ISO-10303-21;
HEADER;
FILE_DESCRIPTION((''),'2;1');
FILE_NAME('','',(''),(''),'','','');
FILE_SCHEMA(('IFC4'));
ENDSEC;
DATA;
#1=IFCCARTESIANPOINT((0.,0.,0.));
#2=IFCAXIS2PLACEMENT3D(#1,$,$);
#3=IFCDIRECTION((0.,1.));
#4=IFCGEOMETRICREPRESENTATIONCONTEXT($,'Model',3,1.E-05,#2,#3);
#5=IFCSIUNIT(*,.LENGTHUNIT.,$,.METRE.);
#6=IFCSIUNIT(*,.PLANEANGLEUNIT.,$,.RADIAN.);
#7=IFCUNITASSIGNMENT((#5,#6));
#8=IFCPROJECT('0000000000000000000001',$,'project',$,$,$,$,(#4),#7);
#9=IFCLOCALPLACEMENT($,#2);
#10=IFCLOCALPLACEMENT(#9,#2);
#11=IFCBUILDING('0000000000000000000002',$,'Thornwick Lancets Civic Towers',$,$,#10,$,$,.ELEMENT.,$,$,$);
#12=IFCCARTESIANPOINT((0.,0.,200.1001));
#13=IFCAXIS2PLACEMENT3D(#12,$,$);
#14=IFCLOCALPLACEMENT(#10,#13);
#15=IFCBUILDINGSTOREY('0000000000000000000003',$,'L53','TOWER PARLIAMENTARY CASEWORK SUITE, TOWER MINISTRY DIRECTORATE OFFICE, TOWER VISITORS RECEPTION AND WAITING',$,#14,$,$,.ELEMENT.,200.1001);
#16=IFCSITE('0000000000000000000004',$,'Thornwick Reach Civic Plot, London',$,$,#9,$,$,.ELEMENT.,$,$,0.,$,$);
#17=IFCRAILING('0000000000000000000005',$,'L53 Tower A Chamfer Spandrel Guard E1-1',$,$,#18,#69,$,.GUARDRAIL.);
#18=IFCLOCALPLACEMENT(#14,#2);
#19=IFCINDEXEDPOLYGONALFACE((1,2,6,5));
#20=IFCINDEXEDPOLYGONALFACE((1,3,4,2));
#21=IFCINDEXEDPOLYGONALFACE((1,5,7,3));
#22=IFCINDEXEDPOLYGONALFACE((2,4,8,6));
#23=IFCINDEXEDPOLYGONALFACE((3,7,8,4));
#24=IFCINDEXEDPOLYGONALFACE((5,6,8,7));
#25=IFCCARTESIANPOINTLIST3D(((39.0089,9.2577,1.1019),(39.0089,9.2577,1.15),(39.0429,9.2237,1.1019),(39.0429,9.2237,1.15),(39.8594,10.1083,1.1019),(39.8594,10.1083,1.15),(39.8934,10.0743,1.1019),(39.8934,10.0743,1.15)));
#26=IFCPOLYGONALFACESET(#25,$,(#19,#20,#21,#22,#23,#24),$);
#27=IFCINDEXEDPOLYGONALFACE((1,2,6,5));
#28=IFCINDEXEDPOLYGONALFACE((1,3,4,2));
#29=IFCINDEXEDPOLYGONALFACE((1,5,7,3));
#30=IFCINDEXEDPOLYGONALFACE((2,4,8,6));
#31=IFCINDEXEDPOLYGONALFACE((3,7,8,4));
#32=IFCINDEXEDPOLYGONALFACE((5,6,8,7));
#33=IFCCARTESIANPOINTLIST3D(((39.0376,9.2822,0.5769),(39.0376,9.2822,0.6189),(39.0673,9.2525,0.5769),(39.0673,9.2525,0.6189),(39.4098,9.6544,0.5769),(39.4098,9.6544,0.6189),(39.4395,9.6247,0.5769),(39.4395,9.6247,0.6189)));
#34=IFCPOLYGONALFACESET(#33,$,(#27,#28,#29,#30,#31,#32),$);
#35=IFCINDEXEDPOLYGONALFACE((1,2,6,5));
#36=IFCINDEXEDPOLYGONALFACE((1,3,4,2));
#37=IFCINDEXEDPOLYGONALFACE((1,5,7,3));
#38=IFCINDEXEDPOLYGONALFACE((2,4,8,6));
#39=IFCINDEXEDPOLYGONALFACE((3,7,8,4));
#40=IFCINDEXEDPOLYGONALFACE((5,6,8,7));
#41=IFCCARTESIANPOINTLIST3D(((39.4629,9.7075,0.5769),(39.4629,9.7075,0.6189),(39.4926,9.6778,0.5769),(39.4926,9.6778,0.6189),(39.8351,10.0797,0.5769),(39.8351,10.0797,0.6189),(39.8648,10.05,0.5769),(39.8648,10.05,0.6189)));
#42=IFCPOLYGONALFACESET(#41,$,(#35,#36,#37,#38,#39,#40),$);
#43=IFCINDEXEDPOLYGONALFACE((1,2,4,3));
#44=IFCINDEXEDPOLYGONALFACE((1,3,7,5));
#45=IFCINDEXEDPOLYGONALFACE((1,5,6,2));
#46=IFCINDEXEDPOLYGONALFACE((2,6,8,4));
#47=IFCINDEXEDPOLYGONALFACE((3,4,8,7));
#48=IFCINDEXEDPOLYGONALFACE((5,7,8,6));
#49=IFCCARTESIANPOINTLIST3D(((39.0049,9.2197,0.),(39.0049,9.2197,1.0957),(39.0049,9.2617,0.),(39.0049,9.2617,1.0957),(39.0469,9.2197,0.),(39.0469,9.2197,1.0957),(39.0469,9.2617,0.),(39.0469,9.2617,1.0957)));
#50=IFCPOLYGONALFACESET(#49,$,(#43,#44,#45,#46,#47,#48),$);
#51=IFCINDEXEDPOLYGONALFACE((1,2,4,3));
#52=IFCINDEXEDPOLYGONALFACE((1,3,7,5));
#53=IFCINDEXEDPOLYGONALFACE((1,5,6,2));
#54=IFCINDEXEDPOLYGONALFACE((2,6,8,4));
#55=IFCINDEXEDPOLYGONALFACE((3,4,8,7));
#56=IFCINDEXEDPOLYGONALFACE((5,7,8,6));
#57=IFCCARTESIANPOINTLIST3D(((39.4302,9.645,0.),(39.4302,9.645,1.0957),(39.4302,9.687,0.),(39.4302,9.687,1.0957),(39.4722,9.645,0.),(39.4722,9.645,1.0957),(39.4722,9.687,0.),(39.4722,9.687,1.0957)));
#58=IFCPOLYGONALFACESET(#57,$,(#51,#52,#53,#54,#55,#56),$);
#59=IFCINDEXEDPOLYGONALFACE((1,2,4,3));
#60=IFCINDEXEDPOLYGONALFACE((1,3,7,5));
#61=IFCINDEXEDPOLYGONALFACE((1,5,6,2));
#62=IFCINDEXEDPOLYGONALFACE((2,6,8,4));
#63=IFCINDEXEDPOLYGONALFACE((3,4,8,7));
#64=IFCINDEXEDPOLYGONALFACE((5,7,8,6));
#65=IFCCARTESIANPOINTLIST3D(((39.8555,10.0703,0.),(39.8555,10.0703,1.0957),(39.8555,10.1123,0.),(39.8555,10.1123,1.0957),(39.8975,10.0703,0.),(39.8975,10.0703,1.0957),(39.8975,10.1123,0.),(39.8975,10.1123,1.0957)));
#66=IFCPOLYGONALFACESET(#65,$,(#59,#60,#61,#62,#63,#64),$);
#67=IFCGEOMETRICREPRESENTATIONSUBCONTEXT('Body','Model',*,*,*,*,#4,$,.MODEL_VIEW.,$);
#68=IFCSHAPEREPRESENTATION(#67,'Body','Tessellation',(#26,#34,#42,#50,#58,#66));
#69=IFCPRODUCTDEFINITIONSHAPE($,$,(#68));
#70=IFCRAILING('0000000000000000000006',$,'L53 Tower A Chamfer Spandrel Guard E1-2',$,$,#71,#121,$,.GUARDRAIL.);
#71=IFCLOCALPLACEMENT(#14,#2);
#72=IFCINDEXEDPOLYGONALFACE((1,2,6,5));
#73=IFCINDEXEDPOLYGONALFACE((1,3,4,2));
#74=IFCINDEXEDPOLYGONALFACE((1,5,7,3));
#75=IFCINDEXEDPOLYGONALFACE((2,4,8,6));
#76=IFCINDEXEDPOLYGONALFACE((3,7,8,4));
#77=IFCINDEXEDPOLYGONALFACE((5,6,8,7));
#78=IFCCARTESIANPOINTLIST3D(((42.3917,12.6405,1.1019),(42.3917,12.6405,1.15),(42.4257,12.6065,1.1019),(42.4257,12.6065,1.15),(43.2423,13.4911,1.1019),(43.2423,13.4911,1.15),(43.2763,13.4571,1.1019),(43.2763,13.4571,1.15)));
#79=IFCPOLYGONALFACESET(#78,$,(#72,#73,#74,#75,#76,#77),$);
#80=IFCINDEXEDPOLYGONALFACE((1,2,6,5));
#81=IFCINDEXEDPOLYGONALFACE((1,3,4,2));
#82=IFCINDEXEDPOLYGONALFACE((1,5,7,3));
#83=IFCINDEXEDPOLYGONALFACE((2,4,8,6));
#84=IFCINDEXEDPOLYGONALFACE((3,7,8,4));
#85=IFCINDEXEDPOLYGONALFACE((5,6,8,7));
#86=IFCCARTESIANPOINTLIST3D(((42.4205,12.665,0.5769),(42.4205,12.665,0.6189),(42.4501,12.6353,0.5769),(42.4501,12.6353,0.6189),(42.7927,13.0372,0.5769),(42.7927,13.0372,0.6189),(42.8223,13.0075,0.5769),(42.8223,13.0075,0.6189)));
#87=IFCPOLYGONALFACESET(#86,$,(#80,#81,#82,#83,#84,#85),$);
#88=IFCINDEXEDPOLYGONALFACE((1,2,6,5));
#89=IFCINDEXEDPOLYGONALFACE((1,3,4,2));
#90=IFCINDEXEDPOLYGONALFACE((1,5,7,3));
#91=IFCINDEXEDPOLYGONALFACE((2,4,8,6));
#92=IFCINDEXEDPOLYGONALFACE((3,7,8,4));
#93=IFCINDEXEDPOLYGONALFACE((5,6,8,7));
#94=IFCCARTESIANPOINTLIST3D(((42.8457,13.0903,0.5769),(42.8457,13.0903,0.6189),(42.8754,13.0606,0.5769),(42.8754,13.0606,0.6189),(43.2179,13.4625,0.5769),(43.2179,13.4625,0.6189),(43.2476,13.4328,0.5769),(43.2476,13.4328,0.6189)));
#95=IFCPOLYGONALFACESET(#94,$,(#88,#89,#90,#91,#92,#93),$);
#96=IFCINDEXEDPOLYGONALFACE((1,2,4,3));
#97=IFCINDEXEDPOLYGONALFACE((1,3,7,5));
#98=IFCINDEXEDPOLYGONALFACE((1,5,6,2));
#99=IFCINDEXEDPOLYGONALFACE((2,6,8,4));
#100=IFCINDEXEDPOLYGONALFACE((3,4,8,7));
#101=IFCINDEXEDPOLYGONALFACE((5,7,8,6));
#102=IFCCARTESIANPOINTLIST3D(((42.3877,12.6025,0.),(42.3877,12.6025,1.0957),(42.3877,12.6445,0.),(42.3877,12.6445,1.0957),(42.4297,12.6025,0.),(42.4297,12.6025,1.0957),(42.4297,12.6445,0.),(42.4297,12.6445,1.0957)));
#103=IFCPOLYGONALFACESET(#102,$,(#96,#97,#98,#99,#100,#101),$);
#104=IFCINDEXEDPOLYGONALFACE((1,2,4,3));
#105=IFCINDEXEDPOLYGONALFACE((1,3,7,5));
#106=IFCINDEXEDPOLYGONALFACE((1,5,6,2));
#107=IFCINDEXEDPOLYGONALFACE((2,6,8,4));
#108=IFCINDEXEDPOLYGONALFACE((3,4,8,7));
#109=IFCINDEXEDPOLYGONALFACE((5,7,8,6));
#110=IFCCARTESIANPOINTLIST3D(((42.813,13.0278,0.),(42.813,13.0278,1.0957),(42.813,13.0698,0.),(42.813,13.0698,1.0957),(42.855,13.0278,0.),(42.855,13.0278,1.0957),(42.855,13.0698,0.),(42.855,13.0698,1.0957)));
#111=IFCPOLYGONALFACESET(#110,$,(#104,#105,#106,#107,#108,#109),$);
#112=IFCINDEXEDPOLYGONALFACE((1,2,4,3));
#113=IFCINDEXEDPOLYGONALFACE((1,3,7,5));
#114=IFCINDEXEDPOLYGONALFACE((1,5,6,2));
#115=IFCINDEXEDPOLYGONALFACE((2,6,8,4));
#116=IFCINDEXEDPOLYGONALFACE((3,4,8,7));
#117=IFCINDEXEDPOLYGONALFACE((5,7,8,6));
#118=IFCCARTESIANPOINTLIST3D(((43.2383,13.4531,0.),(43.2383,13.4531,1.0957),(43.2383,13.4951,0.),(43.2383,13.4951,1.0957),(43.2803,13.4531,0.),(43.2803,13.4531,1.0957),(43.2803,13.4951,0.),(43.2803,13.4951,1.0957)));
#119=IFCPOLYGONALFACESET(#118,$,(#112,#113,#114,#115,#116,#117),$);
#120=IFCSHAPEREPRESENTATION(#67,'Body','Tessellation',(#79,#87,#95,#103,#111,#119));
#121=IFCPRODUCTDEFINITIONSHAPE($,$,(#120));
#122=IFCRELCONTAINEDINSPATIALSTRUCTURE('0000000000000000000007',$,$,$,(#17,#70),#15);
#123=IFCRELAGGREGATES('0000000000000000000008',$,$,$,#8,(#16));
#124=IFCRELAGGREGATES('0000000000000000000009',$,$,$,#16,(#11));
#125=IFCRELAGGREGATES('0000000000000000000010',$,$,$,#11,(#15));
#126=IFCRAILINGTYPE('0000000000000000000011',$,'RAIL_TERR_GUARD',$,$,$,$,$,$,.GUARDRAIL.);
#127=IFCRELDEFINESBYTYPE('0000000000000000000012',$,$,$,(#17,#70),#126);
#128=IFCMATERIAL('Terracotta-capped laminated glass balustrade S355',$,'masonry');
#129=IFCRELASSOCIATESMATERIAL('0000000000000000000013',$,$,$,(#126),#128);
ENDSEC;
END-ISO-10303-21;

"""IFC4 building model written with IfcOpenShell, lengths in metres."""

from ifc_helpers import new_model, si_unit, direction, frame, origin, origin_2d, place, context, subcontext, project, spatial, rectangle, extrude, material, type_object, element, save


model = new_model("IFC4")

# Units and contexts
model_context = context("Model", 3, precision=1e-05, world=origin(), true_north=direction((0.0, 1.0)))
body_context = subcontext(model_context, "Body", "Model", "MODEL_VIEW")
ifc_project = project(units=[si_unit("LENGTHUNIT", "METRE"), si_unit("PLANEANGLEUNIT", "RADIAN")], contexts=[model_context])

# Site, building, storey
site_placement = place(None, origin())
site = spatial("IfcSite", under=ifc_project, at=site_placement, Name="Thornwick Reach Civic Plot, London", CompositionType="ELEMENT", RefElevation=0.0)
building_placement = place(site_placement, origin())
building = spatial("IfcBuilding", under=site, at=building_placement, Name="Thornwick Lancets Civic Towers", CompositionType="ELEMENT")
storey_placement = place(building_placement, frame((0.0, 0.0, 200.1001)))
storey = spatial("IfcBuildingStorey", under=building, at=storey_placement, Name="L53", Description="TOWER PARLIAMENTARY CASEWORK SUITE, TOWER MINISTRY DIRECTORATE OFFICE, TOWER VISITORS RECEPTION AND WAITING", CompositionType="ELEMENT", Elevation=200.1001)

# Railings
ifc_material_1 = material(Name="Terracotta-capped laminated glass balustrade S355", Category="masonry")
railing_type = type_object("IfcRailingType", Name="RAIL_TERR_GUARD", PredefinedType="GUARDRAIL", material=ifc_material_1)
for number, where, name in (
    (1, (39.0259, 9.2407, 0.0), "L53 Tower A Chamfer Spandrel Guard E1-1"),
    (2, (42.4087, 12.6235, 0.0), "L53 Tower A Chamfer Spandrel Guard E1-2"),
):
    element("IfcRailing", number, at=place(storey_placement, frame(where)), inside=storey, type_object=railing_type, Name=name, PredefinedType="GUARDRAIL", context=body_context, shape_type="SweptSolid", body=[
        extrude(rectangle(XDim=0.0481, YDim=0.0481, at=origin_2d()), frame((0.0, 0.0, 1.126), z_axis=(0.707107, 0.707107, 0.0), x_axis=(-0.707107, 0.707107, 0.0)), (0.0, 0.0, 1.0), 1.2029),
        extrude(rectangle(XDim=0.042, YDim=0.042, at=origin_2d()), frame((0.0266, 0.0266, 0.5979), z_axis=(0.707107, 0.707107, 0.0), x_axis=(-0.707107, 0.707107, 0.0)), (0.0, 0.0, 1.0), 0.5264),
        extrude(rectangle(XDim=0.042, YDim=0.042, at=origin_2d()), frame((0.4519, 0.4519, 0.5979), z_axis=(0.707107, 0.707107, 0.0), x_axis=(-0.707107, 0.707107, 0.0)), (0.0, 0.0, 1.0), 0.5264),
        extrude(rectangle(XDim=0.042, YDim=0.042, at=origin_2d()), origin(), (0.0, 0.0, 1.0), 1.0957),
        extrude(rectangle(XDim=0.042, YDim=0.042, at=origin_2d()), frame((0.4253, 0.4253, 0.0)), (0.0, 0.0, 1.0), 1.0957),
        extrude(rectangle(XDim=0.042, YDim=0.042, at=origin_2d()), frame((0.8506, 0.8506, 0.0)), (0.0, 0.0, 1.0), 1.0957),
    ])

save(model, "model.ifc")
